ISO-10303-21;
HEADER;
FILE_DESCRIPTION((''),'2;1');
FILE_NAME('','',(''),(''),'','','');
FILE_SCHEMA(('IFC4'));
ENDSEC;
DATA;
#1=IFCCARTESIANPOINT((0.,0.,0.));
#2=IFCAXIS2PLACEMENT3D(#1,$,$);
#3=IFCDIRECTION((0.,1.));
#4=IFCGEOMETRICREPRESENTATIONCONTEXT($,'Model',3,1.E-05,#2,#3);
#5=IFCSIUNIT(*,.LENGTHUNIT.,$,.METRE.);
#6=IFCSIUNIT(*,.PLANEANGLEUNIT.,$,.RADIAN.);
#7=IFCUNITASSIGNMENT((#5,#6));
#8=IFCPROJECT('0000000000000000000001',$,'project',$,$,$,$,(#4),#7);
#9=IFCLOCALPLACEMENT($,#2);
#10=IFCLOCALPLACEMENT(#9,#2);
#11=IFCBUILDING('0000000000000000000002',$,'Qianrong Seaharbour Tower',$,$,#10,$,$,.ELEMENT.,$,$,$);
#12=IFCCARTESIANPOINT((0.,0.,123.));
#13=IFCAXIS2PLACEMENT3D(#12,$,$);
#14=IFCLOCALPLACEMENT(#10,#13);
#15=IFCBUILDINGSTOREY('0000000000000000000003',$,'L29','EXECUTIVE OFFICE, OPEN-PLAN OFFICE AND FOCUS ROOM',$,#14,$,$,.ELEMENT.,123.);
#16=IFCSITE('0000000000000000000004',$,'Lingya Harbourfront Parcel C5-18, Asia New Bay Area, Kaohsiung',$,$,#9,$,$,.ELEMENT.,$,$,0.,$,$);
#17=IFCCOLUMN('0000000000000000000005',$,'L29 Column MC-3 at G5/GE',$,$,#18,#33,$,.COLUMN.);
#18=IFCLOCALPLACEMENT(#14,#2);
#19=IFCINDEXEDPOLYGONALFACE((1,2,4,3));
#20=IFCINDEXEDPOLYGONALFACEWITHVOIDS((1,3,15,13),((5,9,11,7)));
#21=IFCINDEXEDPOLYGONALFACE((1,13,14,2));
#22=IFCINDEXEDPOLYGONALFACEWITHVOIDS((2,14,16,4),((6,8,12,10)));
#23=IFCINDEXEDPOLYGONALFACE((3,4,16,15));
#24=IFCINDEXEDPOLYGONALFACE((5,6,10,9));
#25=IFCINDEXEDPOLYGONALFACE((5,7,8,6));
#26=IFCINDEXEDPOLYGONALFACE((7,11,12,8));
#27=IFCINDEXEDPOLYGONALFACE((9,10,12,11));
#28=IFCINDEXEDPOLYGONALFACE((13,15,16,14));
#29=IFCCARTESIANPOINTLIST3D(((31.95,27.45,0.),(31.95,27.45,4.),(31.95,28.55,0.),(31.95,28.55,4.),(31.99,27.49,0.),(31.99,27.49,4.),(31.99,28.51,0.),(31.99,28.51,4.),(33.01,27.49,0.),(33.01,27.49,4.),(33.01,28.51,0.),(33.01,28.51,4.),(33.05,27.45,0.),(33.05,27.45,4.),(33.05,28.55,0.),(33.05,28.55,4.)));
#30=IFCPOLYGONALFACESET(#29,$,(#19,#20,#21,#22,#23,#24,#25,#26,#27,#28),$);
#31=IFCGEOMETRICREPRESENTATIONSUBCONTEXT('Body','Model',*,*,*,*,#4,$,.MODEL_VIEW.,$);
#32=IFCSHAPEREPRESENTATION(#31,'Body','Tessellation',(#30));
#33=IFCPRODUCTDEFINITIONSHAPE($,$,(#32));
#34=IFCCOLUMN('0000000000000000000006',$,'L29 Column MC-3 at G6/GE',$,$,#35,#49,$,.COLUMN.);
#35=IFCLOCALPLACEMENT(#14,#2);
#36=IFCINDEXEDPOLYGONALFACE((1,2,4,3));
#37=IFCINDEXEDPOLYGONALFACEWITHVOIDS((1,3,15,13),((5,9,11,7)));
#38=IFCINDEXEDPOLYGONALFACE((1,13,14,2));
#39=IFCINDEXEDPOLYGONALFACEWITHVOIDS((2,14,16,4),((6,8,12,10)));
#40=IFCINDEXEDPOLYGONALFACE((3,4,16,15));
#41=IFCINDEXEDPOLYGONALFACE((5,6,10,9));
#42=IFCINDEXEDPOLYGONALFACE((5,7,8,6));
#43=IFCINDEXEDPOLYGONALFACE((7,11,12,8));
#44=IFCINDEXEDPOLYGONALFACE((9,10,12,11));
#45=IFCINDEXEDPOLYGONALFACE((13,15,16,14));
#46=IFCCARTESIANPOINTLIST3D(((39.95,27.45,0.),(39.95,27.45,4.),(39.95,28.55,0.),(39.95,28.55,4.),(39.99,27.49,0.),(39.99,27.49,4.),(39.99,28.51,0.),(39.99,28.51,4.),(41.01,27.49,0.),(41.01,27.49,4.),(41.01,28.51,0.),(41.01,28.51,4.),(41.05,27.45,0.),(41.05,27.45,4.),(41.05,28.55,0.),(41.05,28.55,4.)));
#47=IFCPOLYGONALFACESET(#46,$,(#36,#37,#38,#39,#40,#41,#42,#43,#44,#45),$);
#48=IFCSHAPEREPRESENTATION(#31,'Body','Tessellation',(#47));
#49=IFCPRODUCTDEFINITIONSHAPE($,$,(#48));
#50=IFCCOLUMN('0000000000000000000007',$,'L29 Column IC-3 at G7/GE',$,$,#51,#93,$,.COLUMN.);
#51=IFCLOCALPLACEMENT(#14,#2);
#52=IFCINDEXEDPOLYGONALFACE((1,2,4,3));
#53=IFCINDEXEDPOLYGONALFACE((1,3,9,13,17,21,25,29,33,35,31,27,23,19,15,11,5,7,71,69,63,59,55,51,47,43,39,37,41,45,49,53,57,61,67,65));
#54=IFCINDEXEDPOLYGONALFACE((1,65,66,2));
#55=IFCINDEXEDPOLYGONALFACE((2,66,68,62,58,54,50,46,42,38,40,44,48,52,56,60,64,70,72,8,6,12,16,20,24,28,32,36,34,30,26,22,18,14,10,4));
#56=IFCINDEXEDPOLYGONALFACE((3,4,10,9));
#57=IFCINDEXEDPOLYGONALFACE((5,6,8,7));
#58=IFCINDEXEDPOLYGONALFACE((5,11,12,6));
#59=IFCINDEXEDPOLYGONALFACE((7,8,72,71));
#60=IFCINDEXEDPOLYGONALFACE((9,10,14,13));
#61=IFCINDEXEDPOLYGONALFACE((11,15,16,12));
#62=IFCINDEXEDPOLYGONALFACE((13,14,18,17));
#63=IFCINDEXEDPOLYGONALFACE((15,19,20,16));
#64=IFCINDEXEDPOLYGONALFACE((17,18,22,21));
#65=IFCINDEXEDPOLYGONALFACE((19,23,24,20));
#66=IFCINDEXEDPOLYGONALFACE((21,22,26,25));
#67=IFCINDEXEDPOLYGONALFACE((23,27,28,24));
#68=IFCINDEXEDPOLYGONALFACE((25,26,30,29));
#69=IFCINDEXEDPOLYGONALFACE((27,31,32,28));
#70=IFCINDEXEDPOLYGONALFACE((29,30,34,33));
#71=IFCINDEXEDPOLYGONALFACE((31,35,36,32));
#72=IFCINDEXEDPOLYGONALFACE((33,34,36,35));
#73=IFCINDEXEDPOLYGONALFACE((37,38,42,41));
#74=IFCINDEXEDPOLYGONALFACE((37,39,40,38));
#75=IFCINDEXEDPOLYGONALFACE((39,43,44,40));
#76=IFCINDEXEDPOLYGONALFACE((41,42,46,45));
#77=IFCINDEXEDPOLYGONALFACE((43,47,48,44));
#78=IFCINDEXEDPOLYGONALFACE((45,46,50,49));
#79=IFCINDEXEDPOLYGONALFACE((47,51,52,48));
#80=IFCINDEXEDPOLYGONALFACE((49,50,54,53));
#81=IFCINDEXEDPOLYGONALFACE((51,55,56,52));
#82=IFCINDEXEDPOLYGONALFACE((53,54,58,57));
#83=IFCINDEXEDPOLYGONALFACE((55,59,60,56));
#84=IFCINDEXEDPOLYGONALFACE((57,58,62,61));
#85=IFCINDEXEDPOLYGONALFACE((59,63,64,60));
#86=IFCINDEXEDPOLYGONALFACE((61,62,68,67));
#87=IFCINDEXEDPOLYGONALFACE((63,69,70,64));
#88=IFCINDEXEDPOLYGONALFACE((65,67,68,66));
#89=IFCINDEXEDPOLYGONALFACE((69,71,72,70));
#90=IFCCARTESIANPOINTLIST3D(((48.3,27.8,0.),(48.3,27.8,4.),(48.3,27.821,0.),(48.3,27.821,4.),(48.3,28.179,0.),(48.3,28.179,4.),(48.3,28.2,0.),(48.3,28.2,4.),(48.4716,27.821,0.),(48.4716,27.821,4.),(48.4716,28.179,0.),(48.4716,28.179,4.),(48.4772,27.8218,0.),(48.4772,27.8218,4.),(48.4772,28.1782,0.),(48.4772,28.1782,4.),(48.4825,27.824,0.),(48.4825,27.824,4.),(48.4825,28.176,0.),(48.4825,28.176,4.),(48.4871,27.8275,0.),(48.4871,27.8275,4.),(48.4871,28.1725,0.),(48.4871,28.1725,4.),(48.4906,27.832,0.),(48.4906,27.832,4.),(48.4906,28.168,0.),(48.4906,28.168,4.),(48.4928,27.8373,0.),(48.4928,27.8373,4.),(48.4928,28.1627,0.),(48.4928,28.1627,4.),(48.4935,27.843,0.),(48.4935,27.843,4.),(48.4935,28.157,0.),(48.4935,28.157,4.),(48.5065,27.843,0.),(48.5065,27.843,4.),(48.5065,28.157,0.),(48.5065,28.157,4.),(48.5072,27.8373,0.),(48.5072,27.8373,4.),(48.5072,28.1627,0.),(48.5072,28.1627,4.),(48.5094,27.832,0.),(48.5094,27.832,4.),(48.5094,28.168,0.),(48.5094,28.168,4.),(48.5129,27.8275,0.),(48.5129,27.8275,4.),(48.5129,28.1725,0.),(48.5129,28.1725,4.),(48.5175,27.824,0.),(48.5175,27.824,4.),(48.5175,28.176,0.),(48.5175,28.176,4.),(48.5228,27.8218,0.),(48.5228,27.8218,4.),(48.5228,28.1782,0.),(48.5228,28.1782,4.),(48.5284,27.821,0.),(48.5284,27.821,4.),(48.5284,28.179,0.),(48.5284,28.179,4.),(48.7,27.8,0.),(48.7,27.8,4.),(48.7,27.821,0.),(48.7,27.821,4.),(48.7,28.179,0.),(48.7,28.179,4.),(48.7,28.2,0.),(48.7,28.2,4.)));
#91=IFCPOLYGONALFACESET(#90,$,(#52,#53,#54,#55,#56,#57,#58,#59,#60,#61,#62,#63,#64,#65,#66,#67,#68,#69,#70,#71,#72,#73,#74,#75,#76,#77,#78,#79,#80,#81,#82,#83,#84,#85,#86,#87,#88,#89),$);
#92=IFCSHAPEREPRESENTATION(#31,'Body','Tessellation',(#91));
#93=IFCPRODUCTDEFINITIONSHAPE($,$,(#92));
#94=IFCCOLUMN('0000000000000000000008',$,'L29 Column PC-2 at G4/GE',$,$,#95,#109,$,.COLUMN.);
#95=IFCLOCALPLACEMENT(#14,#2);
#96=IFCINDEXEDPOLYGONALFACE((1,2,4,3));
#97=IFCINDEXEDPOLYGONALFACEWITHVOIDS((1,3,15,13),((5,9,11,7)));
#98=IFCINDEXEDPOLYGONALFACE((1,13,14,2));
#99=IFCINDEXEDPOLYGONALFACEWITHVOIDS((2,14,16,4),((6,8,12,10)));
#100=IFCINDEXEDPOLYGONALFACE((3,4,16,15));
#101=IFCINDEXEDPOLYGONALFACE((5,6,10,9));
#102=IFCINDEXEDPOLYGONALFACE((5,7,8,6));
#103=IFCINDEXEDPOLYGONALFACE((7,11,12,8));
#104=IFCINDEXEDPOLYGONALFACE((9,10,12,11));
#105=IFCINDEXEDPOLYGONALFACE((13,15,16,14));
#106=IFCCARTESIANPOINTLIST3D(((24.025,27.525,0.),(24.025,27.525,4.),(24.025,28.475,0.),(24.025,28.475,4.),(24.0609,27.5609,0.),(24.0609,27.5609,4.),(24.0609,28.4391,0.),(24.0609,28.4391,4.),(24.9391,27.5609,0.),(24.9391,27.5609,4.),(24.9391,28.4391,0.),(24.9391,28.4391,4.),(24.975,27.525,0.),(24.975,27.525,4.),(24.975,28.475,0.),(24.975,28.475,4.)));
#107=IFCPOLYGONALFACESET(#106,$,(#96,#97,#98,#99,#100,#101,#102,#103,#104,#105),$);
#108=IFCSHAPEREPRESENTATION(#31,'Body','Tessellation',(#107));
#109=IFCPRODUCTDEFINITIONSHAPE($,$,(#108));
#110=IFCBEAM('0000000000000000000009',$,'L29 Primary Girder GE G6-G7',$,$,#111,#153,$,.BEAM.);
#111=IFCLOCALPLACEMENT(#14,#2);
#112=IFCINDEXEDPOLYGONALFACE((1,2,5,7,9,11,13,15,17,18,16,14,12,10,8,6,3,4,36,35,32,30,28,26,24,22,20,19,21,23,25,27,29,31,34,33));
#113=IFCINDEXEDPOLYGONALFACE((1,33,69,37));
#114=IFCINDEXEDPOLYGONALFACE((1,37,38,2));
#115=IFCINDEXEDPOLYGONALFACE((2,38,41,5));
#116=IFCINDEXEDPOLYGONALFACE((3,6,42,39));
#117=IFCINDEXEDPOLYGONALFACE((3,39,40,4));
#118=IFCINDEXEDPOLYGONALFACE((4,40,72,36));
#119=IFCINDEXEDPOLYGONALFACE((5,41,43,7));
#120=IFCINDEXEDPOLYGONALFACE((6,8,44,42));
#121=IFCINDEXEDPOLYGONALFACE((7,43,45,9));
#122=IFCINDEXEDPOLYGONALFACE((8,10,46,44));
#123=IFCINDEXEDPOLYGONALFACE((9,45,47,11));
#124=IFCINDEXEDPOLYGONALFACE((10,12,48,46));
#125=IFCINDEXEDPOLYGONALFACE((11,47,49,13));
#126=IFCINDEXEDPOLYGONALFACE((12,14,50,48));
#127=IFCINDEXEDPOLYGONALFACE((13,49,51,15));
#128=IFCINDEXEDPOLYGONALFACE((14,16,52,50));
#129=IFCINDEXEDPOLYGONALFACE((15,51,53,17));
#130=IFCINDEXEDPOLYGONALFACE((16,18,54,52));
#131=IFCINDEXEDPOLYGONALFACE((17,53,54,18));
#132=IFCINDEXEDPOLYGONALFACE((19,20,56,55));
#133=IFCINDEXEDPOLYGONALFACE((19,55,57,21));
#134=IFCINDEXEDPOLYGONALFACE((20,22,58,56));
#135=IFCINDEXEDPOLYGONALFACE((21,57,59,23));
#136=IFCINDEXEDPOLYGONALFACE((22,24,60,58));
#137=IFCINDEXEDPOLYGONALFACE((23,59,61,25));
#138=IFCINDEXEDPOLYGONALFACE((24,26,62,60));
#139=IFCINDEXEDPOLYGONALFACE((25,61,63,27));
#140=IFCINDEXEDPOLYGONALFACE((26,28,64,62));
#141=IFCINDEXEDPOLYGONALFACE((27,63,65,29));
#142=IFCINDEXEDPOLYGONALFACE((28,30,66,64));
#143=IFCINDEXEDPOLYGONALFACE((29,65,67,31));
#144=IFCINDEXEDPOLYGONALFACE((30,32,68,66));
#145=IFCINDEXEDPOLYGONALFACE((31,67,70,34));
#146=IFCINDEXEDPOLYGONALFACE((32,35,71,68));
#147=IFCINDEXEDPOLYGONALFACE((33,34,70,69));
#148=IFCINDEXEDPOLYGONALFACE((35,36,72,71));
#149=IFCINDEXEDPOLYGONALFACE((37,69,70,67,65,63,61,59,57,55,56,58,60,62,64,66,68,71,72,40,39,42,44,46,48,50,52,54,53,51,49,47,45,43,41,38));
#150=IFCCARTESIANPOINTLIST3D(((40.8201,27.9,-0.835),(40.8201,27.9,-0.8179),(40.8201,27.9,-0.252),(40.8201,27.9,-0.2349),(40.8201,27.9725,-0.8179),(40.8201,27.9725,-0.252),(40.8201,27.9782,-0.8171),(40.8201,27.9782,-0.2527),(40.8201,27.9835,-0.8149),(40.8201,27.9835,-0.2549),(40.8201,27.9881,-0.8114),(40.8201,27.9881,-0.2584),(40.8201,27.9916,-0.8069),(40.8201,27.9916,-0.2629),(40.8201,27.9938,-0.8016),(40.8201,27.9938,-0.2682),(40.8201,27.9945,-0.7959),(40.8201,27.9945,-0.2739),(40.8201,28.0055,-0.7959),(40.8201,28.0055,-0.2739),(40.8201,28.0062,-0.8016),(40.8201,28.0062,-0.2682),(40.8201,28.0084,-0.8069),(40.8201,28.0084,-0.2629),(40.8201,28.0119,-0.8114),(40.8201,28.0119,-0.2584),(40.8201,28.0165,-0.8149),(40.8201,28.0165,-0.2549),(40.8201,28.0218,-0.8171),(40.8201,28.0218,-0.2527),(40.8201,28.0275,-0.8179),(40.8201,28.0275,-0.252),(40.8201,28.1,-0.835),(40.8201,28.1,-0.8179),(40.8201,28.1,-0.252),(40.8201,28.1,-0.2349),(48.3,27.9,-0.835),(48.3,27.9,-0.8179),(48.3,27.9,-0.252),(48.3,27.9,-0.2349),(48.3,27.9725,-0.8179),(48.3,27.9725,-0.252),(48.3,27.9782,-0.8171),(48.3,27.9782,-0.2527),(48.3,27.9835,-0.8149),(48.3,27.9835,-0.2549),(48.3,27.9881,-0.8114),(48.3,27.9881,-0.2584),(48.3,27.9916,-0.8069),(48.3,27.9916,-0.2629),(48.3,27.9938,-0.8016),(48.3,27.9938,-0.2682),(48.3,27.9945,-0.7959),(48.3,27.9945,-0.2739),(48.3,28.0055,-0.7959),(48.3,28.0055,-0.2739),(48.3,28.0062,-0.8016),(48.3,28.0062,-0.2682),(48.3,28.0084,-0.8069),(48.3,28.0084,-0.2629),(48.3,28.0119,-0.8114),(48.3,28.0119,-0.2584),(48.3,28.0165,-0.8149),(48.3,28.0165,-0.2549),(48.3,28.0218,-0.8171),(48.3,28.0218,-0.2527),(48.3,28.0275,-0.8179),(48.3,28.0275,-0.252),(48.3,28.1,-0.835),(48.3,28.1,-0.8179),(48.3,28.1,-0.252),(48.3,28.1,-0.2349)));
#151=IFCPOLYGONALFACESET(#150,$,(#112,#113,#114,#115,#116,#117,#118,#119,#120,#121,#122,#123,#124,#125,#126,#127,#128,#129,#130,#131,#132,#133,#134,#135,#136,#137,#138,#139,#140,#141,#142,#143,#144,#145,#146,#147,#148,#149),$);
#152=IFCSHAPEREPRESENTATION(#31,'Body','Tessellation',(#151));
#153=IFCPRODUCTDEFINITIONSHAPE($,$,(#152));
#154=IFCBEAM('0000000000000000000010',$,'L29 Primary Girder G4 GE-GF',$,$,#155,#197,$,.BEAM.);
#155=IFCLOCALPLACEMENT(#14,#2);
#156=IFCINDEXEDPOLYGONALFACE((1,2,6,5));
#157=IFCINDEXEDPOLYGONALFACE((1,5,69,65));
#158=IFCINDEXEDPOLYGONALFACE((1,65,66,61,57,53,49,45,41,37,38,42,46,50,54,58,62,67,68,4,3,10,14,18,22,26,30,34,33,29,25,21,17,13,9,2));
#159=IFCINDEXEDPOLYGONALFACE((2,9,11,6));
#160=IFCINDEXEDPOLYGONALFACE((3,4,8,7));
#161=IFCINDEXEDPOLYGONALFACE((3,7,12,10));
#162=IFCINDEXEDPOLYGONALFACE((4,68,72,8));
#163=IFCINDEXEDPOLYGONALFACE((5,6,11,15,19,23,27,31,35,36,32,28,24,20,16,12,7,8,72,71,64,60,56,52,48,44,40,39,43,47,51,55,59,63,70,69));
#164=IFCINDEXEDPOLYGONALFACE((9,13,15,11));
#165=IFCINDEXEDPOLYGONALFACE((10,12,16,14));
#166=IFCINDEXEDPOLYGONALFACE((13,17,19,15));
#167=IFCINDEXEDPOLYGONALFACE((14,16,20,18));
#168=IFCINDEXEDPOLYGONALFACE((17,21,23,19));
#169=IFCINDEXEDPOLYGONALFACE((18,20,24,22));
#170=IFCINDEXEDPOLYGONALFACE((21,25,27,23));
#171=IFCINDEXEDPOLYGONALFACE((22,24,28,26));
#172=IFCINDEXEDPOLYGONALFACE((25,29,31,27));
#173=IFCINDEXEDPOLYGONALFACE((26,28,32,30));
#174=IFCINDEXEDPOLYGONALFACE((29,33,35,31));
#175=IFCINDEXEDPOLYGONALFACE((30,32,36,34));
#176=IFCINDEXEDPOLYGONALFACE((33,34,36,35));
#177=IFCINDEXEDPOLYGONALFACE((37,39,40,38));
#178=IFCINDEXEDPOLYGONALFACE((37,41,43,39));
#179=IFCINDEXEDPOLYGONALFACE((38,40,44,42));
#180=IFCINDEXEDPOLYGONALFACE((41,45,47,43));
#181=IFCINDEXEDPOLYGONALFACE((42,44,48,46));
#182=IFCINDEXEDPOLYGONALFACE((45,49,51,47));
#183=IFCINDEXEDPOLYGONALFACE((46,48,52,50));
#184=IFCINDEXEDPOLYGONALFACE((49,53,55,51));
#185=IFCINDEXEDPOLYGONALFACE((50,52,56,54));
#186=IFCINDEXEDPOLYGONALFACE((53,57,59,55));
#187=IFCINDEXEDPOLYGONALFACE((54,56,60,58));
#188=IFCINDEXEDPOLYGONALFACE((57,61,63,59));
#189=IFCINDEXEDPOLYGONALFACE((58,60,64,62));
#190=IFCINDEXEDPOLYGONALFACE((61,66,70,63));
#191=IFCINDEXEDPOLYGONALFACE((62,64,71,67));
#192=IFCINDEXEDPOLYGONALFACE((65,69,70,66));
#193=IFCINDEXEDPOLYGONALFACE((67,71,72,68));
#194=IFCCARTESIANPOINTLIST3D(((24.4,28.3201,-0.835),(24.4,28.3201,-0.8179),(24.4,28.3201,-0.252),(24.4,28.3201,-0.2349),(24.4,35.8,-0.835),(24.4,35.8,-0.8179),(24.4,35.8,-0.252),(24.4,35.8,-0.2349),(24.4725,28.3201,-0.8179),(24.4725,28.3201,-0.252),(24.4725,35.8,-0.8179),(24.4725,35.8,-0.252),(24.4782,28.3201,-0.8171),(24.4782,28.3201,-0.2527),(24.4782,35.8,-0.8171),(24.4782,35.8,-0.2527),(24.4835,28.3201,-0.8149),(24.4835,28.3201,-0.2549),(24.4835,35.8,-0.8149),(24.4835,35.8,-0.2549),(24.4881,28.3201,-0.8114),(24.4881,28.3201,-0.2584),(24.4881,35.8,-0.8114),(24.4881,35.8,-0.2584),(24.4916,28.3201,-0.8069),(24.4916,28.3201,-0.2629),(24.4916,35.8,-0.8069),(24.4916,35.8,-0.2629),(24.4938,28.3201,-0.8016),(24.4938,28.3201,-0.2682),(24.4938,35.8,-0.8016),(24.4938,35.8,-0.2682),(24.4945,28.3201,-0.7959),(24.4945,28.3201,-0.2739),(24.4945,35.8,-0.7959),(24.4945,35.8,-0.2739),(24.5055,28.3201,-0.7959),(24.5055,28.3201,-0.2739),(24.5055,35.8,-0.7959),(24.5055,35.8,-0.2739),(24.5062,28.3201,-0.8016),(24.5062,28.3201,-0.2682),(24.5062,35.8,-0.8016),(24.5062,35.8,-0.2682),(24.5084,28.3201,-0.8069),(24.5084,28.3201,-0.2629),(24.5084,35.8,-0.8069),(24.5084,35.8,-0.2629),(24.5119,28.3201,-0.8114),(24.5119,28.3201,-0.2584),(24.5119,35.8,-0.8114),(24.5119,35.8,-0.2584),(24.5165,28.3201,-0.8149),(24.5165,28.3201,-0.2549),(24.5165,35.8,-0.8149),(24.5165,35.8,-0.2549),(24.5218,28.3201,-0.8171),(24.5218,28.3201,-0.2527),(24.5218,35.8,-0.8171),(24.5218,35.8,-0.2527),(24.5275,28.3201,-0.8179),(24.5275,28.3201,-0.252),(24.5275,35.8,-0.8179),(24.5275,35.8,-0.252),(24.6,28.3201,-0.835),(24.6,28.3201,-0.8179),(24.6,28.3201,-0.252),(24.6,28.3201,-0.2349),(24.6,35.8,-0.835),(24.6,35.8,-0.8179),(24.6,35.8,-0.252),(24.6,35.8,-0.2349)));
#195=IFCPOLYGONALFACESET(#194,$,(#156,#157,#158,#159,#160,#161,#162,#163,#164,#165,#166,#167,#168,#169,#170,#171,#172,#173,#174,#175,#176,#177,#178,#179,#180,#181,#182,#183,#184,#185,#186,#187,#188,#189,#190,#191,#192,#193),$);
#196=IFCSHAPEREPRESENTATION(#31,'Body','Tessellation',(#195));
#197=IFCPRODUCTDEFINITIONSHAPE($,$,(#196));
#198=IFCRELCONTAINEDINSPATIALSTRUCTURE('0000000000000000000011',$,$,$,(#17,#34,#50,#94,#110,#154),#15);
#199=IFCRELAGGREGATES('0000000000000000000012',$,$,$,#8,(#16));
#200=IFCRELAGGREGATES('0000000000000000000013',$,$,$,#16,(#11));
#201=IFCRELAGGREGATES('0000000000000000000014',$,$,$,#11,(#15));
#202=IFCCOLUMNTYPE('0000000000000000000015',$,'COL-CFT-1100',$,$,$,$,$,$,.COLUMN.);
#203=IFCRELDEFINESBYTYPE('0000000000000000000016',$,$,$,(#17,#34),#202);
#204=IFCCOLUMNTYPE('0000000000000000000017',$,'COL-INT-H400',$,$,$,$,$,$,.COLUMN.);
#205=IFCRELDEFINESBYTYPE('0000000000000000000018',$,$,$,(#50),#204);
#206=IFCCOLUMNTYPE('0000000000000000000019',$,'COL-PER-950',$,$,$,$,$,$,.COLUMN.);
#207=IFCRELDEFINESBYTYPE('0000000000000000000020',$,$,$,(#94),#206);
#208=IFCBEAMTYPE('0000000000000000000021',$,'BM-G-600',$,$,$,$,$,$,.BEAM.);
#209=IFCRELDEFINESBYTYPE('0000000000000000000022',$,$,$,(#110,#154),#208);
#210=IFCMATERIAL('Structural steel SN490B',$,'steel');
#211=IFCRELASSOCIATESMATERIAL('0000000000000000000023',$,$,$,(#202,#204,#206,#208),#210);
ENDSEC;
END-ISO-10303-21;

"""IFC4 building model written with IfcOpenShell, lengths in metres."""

from ifc_helpers import new_model, si_unit, direction, frame, origin, origin_2d, place, context, subcontext, project, spatial, hollow_rectangle, i_section, extrude, material, material_profile, profile_set, type_object, element, save


model = new_model("IFC4")

# Units and contexts
model_context = context("Model", 3, precision=1e-05, world=origin(), true_north=direction((0.0, 1.0)))
body_context = subcontext(model_context, "Body", "Model", "MODEL_VIEW")
ifc_project = project(units=[si_unit("LENGTHUNIT", "METRE"), si_unit("PLANEANGLEUNIT", "RADIAN")], contexts=[model_context])

# Site, building, storey
site_placement = place(None, origin())
site = spatial("IfcSite", under=ifc_project, at=site_placement, Name="Lingya Harbourfront Parcel C5-18, Asia New Bay Area, Kaohsiung", CompositionType="ELEMENT", RefElevation=0.0)
building_placement = place(site_placement, origin())
building = spatial("IfcBuilding", under=site, at=building_placement, Name="Qianrong Seaharbour Tower", CompositionType="ELEMENT")
storey_placement = place(building_placement, frame((0.0, 0.0, 123.0)))
storey = spatial("IfcBuildingStorey", under=building, at=storey_placement, Name="L29", Description="EXECUTIVE OFFICE, OPEN-PLAN OFFICE AND FOCUS ROOM", CompositionType="ELEMENT", Elevation=123.0)

# Columns
ifc_material_1 = material(Name="Structural steel SN490B", Category="steel")
ifc_material_profile_1 = material_profile(ifc_material_1, hollow_rectangle(XDim=1.1001, YDim=1.1001, WallThickness=0.04, at=origin_2d()), Name="BOX1100x1100x40")
ifc_profile_set_1 = profile_set([ifc_material_profile_1], Name="Structural steel SN490B")
column_type_1 = type_object("IfcColumnType", Name="COL-CFT-1100", PredefinedType="COLUMN", material=ifc_profile_set_1)
for number, where, z_axis, x_axis, name in (
    (1, (32.5, 28.0, 0.0), (0.0, 0.0, 1.0), (1.0, 0.0, 0.0), "L29 Column MC-3 at G5/GE"),
    (2, (40.5, 28.0, 0.0), (0.0, 0.0, 1.0), (1.0, 0.0, 0.0), "L29 Column MC-3 at G6/GE"),
):
    element("IfcColumn", number, at=place(storey_placement, frame(where, z_axis=z_axis, x_axis=x_axis)), inside=storey, type_object=column_type_1, Name=name, PredefinedType="COLUMN", context=body_context, shape_type="SweptSolid", body=[
        extrude(hollow_rectangle(XDim=1.1001, YDim=1.1001, WallThickness=0.04, at=origin_2d()), origin(), (0.0, 0.0, 1.0), 4.0),
    ])
ifc_material_profile_2 = material_profile(ifc_material_1, i_section(OverallWidth=0.3999, OverallDepth=0.3999, WebThickness=0.0129, FlangeThickness=0.021, FilletRadius=0.022, at=origin_2d()), Name="H400x400x13x21")
ifc_profile_set_2 = profile_set([ifc_material_profile_2], Name="Structural steel SN490B")
column_type_2 = type_object("IfcColumnType", Name="COL-INT-H400", PredefinedType="COLUMN", material=ifc_profile_set_2)
column_1_placement = place(storey_placement, frame((48.5, 28.0, 0.0), z_axis=(0.0, 0.0, 1.0), x_axis=(1.0, 0.0, 0.0)))
element("IfcColumn", 3, at=column_1_placement, inside=storey, type_object=column_type_2, Name="L29 Column IC-3 at G7/GE", PredefinedType="COLUMN", context=body_context, shape_type="SweptSolid", body=[
    extrude(i_section(OverallWidth=0.3999, OverallDepth=0.3999, WebThickness=0.0129, FlangeThickness=0.021, FilletRadius=0.022, at=origin_2d()), origin(), (0.0, 0.0, 1.0), 4.0),
])
ifc_material_profile_3 = material_profile(ifc_material_1, hollow_rectangle(XDim=0.95, YDim=0.95, WallThickness=0.0359, at=origin_2d()), Name="BOX950x950x36")
ifc_profile_set_3 = profile_set([ifc_material_profile_3], Name="Structural steel SN490B")
column_type_3 = type_object("IfcColumnType", Name="COL-PER-950", PredefinedType="COLUMN", material=ifc_profile_set_3)
column_2_placement = place(storey_placement, frame((24.5, 28.0, 0.0), z_axis=(0.0, 0.0, 1.0), x_axis=(1.0, 0.0, 0.0)))
element("IfcColumn", 4, at=column_2_placement, inside=storey, type_object=column_type_3, Name="L29 Column PC-2 at G4/GE", PredefinedType="COLUMN", context=body_context, shape_type="SweptSolid", body=[
    extrude(hollow_rectangle(XDim=0.95, YDim=0.95, WallThickness=0.0359, at=origin_2d()), origin(), (0.0, 0.0, 1.0), 4.0),
])

# Beams
ifc_material_profile_4 = material_profile(ifc_material_1, i_section(OverallWidth=0.2, OverallDepth=0.6001, WebThickness=0.011, FlangeThickness=0.0171, FilletRadius=0.022, at=origin_2d()), Name="H600x200x11x17")
ifc_profile_set_4 = profile_set([ifc_material_profile_4], Name="Structural steel SN490B")
beam_type_1 = type_object("IfcBeamType", Name="BM-G-600", PredefinedType="BEAM", material=ifc_profile_set_4)
for number, where, z_axis, x_axis, name in (
    (5, (40.8201, 28.0, -0.5349), (1.0, 0.0, 0.0), (0.0, 1.0, 0.0), "L29 Primary Girder GE G6-G7"),
    (6, (24.5, 28.3201, -0.5349), (0.0, 1.0, 0.0), (-1.0, 0.0, 0.0), "L29 Primary Girder G4 GE-GF"),
):
    element("IfcBeam", number, at=place(storey_placement, frame(where, z_axis=z_axis, x_axis=x_axis)), inside=storey, type_object=beam_type_1, Name=name, PredefinedType="BEAM", context=body_context, shape_type="SweptSolid", body=[
        extrude(i_section(OverallWidth=0.2, OverallDepth=0.6001, WebThickness=0.011, FlangeThickness=0.0171, FilletRadius=0.022, at=origin_2d()), origin(), (0.0, 0.0, 1.0), 7.48),
    ])

save(model, "model.ifc")
